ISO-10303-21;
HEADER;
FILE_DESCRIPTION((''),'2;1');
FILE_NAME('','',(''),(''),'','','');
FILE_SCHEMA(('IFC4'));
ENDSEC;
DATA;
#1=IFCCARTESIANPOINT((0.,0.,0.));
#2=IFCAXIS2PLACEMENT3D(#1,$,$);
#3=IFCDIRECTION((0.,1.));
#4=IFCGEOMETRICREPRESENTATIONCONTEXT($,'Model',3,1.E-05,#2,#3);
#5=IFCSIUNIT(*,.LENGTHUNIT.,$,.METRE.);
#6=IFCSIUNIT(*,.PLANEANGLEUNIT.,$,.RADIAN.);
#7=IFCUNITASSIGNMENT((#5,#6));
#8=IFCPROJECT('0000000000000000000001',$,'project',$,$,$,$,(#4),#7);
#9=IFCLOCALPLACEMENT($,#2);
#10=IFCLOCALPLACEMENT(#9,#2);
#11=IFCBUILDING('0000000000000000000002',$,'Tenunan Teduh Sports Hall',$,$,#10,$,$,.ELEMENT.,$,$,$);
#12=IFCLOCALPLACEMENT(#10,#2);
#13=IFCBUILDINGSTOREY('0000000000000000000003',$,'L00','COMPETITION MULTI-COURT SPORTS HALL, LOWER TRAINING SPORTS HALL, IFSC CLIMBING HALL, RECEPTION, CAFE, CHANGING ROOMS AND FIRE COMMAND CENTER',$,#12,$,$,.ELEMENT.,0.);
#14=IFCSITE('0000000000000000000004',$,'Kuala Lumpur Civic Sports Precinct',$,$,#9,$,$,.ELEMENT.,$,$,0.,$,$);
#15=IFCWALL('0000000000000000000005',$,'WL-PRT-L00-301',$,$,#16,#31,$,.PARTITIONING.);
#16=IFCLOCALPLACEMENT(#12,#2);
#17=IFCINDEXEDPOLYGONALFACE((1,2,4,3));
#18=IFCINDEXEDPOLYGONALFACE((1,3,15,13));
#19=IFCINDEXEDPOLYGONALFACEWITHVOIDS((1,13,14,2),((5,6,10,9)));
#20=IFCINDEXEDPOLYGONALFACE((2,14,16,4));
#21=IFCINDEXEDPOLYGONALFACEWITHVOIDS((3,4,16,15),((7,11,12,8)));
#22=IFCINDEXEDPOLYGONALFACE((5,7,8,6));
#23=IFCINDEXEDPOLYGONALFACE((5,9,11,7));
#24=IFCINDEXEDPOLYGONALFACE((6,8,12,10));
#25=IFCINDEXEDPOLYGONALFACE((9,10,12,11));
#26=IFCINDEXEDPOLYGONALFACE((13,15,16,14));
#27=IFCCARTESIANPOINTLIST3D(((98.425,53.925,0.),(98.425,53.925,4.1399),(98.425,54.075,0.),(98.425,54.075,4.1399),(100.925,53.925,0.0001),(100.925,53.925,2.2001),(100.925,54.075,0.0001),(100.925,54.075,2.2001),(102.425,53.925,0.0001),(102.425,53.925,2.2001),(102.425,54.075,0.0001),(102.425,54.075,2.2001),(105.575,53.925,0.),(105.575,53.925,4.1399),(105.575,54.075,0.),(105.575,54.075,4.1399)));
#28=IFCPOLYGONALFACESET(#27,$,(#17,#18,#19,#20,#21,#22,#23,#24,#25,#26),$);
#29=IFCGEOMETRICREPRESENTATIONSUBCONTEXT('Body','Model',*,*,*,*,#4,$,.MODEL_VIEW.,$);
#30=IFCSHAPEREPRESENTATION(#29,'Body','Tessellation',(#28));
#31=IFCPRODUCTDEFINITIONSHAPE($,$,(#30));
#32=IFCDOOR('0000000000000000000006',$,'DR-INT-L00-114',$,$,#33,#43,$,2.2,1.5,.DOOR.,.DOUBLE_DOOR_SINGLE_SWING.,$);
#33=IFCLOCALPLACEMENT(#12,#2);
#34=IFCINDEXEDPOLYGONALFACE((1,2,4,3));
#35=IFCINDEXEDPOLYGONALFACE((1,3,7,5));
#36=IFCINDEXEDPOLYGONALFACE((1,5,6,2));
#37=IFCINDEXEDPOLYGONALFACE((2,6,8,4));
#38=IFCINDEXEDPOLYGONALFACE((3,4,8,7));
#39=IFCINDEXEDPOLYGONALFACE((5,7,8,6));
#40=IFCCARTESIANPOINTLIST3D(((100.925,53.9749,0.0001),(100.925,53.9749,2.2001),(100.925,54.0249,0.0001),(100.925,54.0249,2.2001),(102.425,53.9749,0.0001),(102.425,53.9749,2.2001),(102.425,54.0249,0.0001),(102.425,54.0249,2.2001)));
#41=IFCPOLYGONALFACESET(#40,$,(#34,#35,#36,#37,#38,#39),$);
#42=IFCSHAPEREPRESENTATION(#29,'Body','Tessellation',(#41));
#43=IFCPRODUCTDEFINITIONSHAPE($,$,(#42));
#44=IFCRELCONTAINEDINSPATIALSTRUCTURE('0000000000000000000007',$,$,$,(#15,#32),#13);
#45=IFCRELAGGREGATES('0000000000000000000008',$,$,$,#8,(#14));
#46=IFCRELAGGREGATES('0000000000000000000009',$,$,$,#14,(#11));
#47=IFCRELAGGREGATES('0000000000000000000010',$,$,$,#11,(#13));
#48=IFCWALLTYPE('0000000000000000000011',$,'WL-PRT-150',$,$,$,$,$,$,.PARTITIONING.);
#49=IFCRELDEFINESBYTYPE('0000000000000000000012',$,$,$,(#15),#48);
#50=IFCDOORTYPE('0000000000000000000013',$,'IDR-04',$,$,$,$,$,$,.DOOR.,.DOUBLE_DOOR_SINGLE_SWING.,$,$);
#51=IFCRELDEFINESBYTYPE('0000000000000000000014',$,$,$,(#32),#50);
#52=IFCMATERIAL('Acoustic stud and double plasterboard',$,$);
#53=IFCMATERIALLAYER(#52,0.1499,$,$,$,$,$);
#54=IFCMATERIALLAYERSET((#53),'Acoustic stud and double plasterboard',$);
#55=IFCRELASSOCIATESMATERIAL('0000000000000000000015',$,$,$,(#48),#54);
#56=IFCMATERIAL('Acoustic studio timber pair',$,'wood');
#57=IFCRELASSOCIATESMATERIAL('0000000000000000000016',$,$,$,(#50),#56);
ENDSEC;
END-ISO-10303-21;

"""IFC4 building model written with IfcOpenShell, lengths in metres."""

from ifc_helpers import new_model, si_unit, direction, frame, frame_2d, origin, place, context, subcontext, project, spatial, rectangle, extrude, material, layer, layer_set, type_object, element, fill, save


model = new_model("IFC4")

# Units and contexts
model_context = context("Model", 3, precision=1e-05, world=origin(), true_north=direction((0.0, 1.0)))
body_context = subcontext(model_context, "Body", "Model", "MODEL_VIEW")
ifc_project = project(units=[si_unit("LENGTHUNIT", "METRE"), si_unit("PLANEANGLEUNIT", "RADIAN")], contexts=[model_context])

# Site, building, storey
site_placement = place(None, origin())
site = spatial("IfcSite", under=ifc_project, at=site_placement, Name="Kuala Lumpur Civic Sports Precinct", CompositionType="ELEMENT", RefElevation=0.0)
building_placement = place(site_placement, origin())
building = spatial("IfcBuilding", under=site, at=building_placement, Name="Tenunan Teduh Sports Hall", CompositionType="ELEMENT")
storey_placement = place(building_placement, origin())
storey = spatial("IfcBuildingStorey", under=building, at=storey_placement, Name="L00", Description="COMPETITION MULTI-COURT SPORTS HALL, LOWER TRAINING SPORTS HALL, IFSC CLIMBING HALL, RECEPTION, CAFE, CHANGING ROOMS AND FIRE COMMAND CENTER", CompositionType="ELEMENT", Elevation=0.0)

# Wall, opening, door
ifc_material_1 = material(Name="Acoustic stud and double plasterboard")
ifc_layer_1 = layer(ifc_material_1, 0.1499)
ifc_layer_set_1 = layer_set([ifc_layer_1], Name="Acoustic stud and double plasterboard")
wall_type = type_object("IfcWallType", Name="WL-PRT-150", PredefinedType="PARTITIONING", material=ifc_layer_set_1)
wall_placement = place(storey_placement, frame((98.425, 54.0, 0.0), z_axis=(0.0, 0.0, 1.0), x_axis=(1.0, 0.0, 0.0)))
wall = element("IfcWall", 1, at=wall_placement, inside=storey, type_object=wall_type, Name="WL-PRT-L00-301", PredefinedType="PARTITIONING", context=body_context, shape_type="SweptSolid", body=[
    extrude(rectangle(XDim=7.1499, YDim=0.1499, at=frame_2d((3.575, 0.0))), origin(), (0.0, 0.0, 1.0), 4.1399),
])
opening_placement = place(wall_placement, frame((2.5, 0.0, 0.0)))
opening = element("IfcOpeningElement", 2, at=opening_placement, cuts=wall, PredefinedType="OPENING", context=body_context, shape_type="SweptSolid", body=[
    extrude(rectangle(XDim=1.5, YDim=2.2, at=frame_2d((0.75, 1.1001))), frame((0.0, 0.085, 0.0), z_axis=(0.0, -1.0, 0.0), x_axis=(1.0, 0.0, 0.0)), (0.0, 0.0, 1.0), 0.1699),
])
ifc_material_2 = material(Name="Acoustic studio timber pair", Category="wood")
door_type = type_object("IfcDoorType", Name="IDR-04", OperationType="DOUBLE_DOOR_SINGLE_SWING", PredefinedType="DOOR", material=ifc_material_2)
door_placement = place(opening_placement, origin())
door = element("IfcDoor", 3, at=door_placement, inside=storey, type_object=door_type, Name="DR-INT-L00-114", OperationType="DOUBLE_DOOR_SINGLE_SWING", OverallHeight=2.2, OverallWidth=1.5, PredefinedType="DOOR", context=body_context, shape_type="SweptSolid", body=[
    extrude(rectangle(XDim=1.5, YDim=2.2, at=frame_2d((0.75, 1.1001))), frame((0.0, 0.0249, 0.0), z_axis=(0.0, -1.0, 0.0), x_axis=(1.0, 0.0, 0.0)), (0.0, 0.0, 1.0), 0.05),
])
fill(opening, door)

save(model, "model.ifc")
